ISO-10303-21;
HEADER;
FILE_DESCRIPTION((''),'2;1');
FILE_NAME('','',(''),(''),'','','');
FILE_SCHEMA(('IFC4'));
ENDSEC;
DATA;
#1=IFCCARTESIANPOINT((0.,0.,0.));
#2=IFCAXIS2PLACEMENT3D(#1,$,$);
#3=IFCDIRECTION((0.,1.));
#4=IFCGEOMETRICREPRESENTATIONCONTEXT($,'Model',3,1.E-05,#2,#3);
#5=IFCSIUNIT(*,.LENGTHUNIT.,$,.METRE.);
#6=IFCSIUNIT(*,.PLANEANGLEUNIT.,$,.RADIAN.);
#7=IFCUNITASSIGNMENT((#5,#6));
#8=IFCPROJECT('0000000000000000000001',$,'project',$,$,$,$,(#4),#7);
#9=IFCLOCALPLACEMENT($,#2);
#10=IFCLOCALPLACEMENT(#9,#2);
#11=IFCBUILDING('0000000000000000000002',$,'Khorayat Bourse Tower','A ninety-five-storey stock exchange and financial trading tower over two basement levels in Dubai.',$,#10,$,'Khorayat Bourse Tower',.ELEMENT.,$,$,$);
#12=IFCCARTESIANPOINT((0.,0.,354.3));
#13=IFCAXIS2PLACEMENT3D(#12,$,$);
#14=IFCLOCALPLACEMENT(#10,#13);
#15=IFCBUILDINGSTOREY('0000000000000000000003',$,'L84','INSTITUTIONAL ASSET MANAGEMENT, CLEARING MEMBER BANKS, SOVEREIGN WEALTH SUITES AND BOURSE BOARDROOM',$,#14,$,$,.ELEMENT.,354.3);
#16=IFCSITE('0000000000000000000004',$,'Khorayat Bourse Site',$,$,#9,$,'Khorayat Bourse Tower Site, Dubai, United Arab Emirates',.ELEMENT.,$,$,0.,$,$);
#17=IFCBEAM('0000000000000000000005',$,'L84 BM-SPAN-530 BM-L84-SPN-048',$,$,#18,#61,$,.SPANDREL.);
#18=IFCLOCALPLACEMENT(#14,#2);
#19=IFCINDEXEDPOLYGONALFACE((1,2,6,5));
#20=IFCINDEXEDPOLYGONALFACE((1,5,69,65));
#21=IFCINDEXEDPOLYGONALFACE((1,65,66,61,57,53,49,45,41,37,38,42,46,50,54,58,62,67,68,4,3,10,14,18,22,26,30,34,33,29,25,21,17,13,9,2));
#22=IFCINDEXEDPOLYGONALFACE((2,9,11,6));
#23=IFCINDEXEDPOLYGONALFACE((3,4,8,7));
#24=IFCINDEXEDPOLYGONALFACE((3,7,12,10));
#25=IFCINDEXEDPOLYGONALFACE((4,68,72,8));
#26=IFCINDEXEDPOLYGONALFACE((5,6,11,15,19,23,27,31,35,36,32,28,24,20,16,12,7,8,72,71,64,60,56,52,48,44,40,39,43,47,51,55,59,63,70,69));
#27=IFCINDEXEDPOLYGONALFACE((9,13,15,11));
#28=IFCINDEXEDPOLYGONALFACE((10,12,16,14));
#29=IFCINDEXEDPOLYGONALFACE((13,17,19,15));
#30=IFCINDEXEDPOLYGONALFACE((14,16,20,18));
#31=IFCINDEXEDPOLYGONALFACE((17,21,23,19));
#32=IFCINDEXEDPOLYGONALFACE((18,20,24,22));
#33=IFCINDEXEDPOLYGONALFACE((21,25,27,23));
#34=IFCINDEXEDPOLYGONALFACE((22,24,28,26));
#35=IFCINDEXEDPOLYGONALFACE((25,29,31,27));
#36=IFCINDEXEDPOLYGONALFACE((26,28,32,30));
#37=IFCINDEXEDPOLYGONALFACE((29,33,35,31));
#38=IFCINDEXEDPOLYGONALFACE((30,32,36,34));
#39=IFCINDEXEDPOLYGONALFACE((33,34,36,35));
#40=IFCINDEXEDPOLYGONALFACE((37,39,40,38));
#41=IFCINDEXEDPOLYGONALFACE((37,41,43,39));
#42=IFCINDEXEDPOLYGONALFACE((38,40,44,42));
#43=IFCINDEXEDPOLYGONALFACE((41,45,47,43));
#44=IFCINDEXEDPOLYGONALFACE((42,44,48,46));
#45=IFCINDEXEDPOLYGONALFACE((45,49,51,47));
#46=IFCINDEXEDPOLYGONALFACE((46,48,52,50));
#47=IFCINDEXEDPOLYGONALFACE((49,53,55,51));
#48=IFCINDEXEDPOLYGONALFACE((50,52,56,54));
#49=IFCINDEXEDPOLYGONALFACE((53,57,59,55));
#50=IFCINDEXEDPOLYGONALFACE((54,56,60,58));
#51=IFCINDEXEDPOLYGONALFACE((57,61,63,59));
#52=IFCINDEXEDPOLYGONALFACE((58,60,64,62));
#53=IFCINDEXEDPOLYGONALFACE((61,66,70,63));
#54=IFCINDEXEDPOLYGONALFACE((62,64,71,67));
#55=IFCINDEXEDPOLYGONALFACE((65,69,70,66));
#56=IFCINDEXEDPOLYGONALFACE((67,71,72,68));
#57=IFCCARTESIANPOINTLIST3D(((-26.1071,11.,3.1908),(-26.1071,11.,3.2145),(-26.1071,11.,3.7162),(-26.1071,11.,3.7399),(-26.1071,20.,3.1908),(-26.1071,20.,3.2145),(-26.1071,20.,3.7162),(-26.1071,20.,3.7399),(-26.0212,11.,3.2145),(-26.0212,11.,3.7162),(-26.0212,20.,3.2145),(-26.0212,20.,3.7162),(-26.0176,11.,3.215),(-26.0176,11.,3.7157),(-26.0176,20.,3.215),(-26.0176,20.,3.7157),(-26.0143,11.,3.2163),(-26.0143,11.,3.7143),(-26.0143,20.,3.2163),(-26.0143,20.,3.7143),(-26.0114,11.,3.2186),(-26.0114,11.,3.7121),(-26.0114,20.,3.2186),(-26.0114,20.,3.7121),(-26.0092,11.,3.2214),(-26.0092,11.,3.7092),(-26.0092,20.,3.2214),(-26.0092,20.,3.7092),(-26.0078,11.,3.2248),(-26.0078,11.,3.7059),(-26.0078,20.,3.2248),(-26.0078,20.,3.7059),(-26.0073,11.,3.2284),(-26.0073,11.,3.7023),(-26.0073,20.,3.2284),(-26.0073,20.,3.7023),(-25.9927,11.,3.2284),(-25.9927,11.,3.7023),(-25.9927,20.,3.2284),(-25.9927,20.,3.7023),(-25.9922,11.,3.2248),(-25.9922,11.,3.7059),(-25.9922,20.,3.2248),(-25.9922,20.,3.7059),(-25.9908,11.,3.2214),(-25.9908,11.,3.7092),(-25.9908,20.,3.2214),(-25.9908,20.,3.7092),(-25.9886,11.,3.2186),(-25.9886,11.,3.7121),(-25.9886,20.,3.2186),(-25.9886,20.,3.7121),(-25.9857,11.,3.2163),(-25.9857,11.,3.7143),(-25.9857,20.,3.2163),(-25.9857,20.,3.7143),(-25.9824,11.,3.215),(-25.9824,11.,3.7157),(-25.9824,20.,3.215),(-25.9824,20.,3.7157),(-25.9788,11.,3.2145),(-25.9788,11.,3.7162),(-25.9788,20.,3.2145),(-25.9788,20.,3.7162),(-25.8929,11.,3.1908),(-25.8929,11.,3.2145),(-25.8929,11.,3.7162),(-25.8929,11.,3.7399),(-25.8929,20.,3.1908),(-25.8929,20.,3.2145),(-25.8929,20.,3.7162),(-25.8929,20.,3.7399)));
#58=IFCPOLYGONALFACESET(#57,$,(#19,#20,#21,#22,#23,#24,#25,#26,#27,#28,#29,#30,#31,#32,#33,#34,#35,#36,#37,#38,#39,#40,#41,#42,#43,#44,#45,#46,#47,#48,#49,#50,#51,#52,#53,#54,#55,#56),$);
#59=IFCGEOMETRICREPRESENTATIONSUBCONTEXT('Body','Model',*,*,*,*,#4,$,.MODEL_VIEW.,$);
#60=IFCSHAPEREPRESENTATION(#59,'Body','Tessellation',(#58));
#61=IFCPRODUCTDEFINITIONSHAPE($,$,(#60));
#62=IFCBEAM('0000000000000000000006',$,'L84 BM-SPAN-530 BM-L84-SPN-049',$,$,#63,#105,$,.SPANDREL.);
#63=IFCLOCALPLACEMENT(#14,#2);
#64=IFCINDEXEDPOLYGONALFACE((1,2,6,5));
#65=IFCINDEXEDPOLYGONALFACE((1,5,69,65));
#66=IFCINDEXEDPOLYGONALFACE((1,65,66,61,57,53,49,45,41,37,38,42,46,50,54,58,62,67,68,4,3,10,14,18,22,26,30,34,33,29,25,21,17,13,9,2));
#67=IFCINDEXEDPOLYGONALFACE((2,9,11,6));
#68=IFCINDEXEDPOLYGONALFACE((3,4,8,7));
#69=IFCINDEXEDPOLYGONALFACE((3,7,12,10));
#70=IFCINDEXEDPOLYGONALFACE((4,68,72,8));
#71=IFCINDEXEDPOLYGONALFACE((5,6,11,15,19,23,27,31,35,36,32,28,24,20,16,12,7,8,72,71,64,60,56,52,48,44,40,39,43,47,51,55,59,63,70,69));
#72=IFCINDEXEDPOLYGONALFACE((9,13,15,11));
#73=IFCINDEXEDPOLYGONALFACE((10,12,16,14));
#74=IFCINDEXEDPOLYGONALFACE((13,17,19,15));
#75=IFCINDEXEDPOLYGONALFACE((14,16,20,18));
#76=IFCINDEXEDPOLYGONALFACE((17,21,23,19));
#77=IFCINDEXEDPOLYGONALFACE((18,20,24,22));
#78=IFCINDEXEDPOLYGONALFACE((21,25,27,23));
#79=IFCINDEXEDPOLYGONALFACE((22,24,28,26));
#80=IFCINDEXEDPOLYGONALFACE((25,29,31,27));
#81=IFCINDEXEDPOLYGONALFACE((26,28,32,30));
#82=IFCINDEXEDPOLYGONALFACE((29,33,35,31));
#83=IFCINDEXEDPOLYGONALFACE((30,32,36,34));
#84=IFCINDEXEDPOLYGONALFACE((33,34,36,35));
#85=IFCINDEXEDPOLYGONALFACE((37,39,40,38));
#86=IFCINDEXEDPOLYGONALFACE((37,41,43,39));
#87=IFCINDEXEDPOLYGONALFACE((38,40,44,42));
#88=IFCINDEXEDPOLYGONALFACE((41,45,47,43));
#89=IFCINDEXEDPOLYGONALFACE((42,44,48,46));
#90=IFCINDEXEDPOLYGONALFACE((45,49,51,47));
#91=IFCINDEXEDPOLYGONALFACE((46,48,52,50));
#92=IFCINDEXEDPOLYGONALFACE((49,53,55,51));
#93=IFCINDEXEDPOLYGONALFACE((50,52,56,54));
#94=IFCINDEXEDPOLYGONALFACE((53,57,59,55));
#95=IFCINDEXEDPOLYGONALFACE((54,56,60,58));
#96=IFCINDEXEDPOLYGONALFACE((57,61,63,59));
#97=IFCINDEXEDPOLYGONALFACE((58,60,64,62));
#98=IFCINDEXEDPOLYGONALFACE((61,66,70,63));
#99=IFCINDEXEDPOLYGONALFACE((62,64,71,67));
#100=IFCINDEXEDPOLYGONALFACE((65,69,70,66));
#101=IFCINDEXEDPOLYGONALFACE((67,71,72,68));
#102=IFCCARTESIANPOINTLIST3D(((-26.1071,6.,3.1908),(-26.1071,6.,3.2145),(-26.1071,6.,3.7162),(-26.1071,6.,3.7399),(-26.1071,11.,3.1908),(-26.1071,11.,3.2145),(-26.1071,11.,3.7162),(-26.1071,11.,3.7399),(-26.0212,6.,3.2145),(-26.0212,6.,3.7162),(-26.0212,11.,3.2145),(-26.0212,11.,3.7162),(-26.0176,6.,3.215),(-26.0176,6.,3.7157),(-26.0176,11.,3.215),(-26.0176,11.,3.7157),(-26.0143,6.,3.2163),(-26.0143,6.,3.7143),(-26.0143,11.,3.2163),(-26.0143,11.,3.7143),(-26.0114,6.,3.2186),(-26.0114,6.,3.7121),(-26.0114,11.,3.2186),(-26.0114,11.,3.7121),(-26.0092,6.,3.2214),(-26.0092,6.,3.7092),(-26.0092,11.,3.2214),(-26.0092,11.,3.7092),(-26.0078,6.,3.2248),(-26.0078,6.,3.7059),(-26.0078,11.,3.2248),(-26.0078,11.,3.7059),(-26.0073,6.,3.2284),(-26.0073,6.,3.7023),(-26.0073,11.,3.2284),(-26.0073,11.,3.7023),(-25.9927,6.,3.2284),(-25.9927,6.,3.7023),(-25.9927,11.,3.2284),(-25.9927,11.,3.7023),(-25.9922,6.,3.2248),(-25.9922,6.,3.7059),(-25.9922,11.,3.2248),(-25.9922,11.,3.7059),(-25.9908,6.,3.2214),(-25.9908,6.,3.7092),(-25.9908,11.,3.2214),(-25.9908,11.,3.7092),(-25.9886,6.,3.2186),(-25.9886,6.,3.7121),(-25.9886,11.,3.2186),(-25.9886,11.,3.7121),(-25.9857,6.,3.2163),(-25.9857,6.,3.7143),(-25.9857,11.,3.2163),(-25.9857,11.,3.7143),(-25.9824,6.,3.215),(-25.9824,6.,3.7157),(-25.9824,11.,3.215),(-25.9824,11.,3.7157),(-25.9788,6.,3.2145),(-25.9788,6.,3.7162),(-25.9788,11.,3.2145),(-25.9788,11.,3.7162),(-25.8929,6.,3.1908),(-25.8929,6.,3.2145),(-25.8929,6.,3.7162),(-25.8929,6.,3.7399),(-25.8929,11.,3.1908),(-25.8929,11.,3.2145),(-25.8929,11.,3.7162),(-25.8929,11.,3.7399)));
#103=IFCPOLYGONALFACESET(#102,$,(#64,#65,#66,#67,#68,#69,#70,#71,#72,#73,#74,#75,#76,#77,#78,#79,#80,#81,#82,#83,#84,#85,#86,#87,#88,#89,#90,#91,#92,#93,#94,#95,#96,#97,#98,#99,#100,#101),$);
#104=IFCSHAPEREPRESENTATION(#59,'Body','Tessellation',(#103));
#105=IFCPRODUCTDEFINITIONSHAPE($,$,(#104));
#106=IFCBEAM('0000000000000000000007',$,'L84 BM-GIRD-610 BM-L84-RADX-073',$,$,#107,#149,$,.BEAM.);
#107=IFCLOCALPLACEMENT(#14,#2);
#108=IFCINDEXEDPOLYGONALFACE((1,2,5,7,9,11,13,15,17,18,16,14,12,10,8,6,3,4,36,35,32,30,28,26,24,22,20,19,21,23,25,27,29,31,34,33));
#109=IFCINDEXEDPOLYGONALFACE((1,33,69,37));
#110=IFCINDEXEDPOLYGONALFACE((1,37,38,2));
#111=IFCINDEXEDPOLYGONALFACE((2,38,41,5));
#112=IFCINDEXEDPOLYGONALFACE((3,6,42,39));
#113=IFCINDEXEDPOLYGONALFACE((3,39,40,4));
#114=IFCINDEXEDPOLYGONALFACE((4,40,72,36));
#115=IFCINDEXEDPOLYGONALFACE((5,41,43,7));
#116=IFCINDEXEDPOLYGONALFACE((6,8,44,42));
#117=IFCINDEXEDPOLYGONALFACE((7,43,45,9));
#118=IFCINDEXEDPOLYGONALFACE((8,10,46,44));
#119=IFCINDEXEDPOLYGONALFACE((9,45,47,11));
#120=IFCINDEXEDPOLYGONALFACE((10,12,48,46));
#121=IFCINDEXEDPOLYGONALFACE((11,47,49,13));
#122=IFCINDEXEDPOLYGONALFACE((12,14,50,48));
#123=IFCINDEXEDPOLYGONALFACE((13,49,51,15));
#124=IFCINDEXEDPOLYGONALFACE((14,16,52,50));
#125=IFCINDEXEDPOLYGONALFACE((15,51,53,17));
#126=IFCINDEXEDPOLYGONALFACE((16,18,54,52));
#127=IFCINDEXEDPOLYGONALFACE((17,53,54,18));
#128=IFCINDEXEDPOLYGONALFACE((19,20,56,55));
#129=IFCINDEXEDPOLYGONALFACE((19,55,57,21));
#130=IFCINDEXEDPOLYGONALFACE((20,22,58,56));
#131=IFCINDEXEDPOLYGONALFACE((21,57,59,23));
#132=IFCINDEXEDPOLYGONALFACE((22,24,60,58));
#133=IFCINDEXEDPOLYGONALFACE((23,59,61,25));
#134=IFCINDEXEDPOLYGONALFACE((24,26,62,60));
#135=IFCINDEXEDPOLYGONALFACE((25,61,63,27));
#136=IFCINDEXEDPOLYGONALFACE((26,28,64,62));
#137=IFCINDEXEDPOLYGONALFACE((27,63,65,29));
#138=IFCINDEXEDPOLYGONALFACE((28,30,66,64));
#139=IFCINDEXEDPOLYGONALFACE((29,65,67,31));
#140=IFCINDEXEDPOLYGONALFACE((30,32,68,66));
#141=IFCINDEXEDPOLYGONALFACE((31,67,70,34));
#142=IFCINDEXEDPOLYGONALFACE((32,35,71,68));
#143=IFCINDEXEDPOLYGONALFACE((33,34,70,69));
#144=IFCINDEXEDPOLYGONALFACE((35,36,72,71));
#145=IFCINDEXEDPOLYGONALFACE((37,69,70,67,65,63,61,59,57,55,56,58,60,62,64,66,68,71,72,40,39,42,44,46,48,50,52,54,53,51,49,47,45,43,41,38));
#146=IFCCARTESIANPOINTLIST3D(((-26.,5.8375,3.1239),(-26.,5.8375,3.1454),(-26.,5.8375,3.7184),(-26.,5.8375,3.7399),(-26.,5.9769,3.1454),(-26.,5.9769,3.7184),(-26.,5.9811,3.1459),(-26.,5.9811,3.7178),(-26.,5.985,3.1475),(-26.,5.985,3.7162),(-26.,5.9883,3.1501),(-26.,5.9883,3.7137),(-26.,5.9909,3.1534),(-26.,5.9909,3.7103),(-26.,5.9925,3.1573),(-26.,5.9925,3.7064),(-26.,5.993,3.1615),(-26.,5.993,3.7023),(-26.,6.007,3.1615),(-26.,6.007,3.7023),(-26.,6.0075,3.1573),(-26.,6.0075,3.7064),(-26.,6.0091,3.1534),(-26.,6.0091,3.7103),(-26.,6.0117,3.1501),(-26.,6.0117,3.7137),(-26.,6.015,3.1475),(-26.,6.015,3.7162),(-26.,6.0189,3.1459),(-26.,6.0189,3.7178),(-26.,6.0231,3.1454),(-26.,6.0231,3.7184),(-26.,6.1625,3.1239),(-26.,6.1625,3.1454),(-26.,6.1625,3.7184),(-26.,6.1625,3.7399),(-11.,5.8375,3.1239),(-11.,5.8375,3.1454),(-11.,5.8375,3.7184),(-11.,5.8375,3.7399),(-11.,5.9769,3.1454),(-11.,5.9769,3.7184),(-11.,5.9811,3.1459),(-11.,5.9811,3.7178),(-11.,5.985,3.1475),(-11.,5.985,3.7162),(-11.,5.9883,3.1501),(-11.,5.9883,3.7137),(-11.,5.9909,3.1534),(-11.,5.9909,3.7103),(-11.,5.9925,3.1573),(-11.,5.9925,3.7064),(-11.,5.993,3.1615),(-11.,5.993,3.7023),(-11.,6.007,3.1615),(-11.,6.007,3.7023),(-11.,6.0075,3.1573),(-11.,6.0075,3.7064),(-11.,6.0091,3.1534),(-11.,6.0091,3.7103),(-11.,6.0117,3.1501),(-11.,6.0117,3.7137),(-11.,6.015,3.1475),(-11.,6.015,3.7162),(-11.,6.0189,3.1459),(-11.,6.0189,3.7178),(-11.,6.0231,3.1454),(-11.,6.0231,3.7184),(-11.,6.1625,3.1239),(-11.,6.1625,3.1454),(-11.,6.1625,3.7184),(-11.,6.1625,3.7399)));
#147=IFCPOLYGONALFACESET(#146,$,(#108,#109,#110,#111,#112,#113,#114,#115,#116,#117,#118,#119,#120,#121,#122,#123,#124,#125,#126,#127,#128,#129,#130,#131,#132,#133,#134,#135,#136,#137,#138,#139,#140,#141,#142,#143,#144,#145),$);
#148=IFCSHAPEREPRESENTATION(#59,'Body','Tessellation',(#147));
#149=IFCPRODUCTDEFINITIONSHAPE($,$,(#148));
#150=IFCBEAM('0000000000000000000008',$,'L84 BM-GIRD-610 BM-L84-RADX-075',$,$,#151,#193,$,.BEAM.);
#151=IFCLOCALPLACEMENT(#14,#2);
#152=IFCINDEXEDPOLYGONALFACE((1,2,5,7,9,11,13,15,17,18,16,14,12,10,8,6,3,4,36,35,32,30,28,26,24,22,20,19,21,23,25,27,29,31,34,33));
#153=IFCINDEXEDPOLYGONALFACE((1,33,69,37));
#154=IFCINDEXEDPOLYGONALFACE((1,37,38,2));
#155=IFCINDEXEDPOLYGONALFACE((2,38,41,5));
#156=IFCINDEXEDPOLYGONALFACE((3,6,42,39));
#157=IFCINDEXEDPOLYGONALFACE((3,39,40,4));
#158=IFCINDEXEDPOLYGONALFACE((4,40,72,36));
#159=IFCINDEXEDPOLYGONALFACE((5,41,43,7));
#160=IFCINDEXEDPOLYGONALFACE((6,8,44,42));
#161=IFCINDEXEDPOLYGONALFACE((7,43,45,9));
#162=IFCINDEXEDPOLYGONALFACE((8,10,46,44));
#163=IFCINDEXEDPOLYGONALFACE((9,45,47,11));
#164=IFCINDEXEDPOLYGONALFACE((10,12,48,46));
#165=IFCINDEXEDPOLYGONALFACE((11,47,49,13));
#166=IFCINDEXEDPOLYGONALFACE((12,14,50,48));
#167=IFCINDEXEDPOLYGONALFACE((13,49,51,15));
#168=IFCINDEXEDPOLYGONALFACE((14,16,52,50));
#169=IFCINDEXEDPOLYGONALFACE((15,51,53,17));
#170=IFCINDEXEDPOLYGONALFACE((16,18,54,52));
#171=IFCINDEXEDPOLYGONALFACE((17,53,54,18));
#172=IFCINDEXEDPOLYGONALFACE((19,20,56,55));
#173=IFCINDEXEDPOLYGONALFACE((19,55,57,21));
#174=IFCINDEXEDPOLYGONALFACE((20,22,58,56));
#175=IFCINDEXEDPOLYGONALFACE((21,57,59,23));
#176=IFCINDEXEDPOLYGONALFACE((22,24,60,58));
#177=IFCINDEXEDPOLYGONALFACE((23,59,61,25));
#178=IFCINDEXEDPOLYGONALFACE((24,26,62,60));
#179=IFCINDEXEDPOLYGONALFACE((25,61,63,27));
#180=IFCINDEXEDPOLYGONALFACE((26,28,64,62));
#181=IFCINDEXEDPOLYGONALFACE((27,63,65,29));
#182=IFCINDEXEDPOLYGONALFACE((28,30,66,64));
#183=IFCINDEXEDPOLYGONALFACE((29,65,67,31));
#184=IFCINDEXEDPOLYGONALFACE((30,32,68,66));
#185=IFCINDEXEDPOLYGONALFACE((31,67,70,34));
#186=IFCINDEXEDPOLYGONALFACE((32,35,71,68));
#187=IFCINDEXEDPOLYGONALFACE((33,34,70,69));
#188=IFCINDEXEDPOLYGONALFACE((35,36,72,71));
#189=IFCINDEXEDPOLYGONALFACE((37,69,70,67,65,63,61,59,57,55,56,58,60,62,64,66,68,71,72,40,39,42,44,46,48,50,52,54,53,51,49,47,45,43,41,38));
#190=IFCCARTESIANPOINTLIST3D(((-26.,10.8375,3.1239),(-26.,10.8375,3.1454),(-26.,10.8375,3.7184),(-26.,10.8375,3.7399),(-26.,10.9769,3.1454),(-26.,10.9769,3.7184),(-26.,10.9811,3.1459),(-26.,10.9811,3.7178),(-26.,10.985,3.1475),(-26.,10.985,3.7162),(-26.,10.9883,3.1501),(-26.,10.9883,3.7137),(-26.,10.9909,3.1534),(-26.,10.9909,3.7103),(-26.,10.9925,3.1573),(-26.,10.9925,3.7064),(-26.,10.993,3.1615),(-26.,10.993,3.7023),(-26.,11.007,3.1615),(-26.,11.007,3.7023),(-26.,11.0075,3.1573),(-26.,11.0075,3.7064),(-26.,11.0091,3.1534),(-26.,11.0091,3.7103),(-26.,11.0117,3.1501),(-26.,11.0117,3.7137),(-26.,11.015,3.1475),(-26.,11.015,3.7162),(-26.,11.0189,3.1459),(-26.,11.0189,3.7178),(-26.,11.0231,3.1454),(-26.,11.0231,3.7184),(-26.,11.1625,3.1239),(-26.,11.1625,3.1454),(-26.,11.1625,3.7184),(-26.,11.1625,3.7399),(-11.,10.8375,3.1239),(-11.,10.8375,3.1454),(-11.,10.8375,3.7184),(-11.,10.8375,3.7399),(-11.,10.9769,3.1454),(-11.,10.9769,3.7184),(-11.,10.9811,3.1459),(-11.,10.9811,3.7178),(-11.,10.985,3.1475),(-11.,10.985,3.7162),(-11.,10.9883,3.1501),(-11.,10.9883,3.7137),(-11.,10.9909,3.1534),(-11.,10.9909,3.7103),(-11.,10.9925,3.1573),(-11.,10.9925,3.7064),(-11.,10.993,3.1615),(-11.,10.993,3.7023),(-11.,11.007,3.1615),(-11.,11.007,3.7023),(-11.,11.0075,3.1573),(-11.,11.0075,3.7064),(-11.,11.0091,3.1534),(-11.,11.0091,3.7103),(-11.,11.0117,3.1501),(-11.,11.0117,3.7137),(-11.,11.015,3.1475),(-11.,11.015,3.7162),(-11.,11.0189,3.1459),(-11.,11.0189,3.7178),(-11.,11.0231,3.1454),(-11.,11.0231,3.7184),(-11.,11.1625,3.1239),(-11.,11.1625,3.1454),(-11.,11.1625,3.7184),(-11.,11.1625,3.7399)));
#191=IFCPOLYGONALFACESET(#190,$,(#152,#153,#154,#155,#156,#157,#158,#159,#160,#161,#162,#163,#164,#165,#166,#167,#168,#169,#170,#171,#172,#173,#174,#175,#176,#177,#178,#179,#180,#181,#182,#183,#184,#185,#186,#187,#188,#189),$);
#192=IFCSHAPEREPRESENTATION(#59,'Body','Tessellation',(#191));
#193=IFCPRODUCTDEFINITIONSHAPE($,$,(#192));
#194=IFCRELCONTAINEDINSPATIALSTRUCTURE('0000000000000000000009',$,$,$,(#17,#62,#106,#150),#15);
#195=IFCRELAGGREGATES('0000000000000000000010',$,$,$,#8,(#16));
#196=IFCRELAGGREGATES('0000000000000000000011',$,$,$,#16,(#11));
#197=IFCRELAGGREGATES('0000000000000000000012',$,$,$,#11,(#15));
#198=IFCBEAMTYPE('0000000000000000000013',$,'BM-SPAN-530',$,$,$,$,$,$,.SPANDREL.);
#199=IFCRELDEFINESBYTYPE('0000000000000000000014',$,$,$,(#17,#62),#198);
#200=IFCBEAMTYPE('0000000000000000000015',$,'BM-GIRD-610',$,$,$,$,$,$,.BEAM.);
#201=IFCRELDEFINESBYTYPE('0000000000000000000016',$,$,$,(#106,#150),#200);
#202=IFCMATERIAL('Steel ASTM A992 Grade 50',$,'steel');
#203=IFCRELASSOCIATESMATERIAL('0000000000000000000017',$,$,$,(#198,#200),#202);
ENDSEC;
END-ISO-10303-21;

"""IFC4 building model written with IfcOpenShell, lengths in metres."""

from ifc_helpers import new_model, si_unit, direction, frame, origin, origin_2d, place, context, subcontext, project, spatial, i_section, extrude, source, transform, mapped, material, material_profile, profile_set, type_object, element, save


model = new_model("IFC4")

# Units and contexts
model_context = context("Model", 3, precision=1e-05, world=origin(), true_north=direction((0.0, 1.0)))
body_context = subcontext(model_context, "Body", "Model", "MODEL_VIEW")
ifc_project = project(units=[si_unit("LENGTHUNIT", "METRE"), si_unit("PLANEANGLEUNIT", "RADIAN")], contexts=[model_context])

# Site, building, storey
site_placement = place(None, origin())
site = spatial("IfcSite", under=ifc_project, at=site_placement, Name="Khorayat Bourse Site", LongName="Khorayat Bourse Tower Site, Dubai, United Arab Emirates", CompositionType="ELEMENT", RefElevation=0.0)
building_placement = place(site_placement, origin())
building = spatial("IfcBuilding", under=site, at=building_placement, Name="Khorayat Bourse Tower", Description="A ninety-five-storey stock exchange and financial trading tower over two basement levels in Dubai.", LongName="Khorayat Bourse Tower", CompositionType="ELEMENT")
storey_placement = place(building_placement, frame((0.0, 0.0, 354.3)))
storey = spatial("IfcBuildingStorey", under=building, at=storey_placement, Name="L84", Description="INSTITUTIONAL ASSET MANAGEMENT, CLEARING MEMBER BANKS, SOVEREIGN WEALTH SUITES AND BOURSE BOARDROOM", CompositionType="ELEMENT", Elevation=354.3)

# Beams
ifc_material_1 = material(Name="Steel ASTM A992 Grade 50", Category="steel")
ifc_material_profile_1 = material_profile(ifc_material_1, i_section(OverallWidth=0.2141, OverallDepth=0.5491, WebThickness=0.0146, FlangeThickness=0.0237, FilletRadius=0.0139, at=origin_2d()), Name="W530X138")
ifc_profile_set_1 = profile_set([ifc_material_profile_1], Name="Steel ASTM A992 Grade 50")
beam_type_1 = type_object("IfcBeamType", Name="BM-SPAN-530", PredefinedType="SPANDREL", material=ifc_profile_set_1)
shared_shape_1 = source(origin(), body_context, "Body", "SweptSolid", [
    extrude(i_section(OverallWidth=0.2141, OverallDepth=0.5491, WebThickness=0.0146, FlangeThickness=0.0237, FilletRadius=0.0139, at=origin_2d()), origin(), (0.0, 0.0, 1.0), 9.0),
])
beam_1_placement = place(storey_placement, frame((-26.0, 11.0, 3.4653), z_axis=(0.0, 1.0, 0.0), x_axis=(-1.0, 0.0, 0.0)))
element("IfcBeam", 1, at=beam_1_placement, inside=storey, type_object=beam_type_1, Name="L84 BM-SPAN-530 BM-L84-SPN-048", PredefinedType="SPANDREL", context=body_context, shape_type="MappedRepresentation", body=[
    mapped(shared_shape_1, transform((0.0, 0.0, 0.0), scale=1.0)),
])
shared_shape_2 = source(origin(), body_context, "Body", "SweptSolid", [
    extrude(i_section(OverallWidth=0.2141, OverallDepth=0.5491, WebThickness=0.0146, FlangeThickness=0.0237, FilletRadius=0.0139, at=origin_2d()), origin(), (0.0, 0.0, 1.0), 5.0),
])
beam_2_placement = place(storey_placement, frame((-26.0, 6.0, 3.4653), z_axis=(0.0, 1.0, 0.0), x_axis=(-1.0, 0.0, 0.0)))
element("IfcBeam", 2, at=beam_2_placement, inside=storey, type_object=beam_type_1, Name="L84 BM-SPAN-530 BM-L84-SPN-049", PredefinedType="SPANDREL", context=body_context, shape_type="MappedRepresentation", body=[
    mapped(shared_shape_2, transform((0.0, 0.0, 0.0), scale=1.0)),
])
ifc_material_profile_2 = material_profile(ifc_material_1, i_section(OverallWidth=0.325, OverallDepth=0.616, WebThickness=0.0139, FlangeThickness=0.0215, FilletRadius=0.0161, at=origin_2d()), Name="W610X174")
ifc_profile_set_2 = profile_set([ifc_material_profile_2], Name="Steel ASTM A992 Grade 50")
beam_type_2 = type_object("IfcBeamType", Name="BM-GIRD-610", PredefinedType="BEAM", material=ifc_profile_set_2)
shared_shape_3 = source(origin(), body_context, "Body", "SweptSolid", [
    extrude(i_section(OverallWidth=0.325, OverallDepth=0.616, WebThickness=0.0139, FlangeThickness=0.0215, FilletRadius=0.0161, at=origin_2d()), origin(), (0.0, 0.0, 1.0), 15.0),
])
for number, where, z_axis, x_axis, name in (
    (3, (-26.0, 6.0, 3.4319), (1.0, 0.0, 0.0), (0.0, 1.0, 0.0), "L84 BM-GIRD-610 BM-L84-RADX-073"),
    (4, (-26.0, 11.0, 3.4319), (1.0, 0.0, 0.0), (0.0, 1.0, 0.0), "L84 BM-GIRD-610 BM-L84-RADX-075"),
):
    element("IfcBeam", number, at=place(storey_placement, frame(where, z_axis=z_axis, x_axis=x_axis)), inside=storey, type_object=beam_type_2, Name=name, PredefinedType="BEAM", context=body_context, shape_type="MappedRepresentation", body=[
        mapped(shared_shape_3, transform((0.0, 0.0, 0.0), scale=1.0)),
    ])

save(model, "model.ifc")
